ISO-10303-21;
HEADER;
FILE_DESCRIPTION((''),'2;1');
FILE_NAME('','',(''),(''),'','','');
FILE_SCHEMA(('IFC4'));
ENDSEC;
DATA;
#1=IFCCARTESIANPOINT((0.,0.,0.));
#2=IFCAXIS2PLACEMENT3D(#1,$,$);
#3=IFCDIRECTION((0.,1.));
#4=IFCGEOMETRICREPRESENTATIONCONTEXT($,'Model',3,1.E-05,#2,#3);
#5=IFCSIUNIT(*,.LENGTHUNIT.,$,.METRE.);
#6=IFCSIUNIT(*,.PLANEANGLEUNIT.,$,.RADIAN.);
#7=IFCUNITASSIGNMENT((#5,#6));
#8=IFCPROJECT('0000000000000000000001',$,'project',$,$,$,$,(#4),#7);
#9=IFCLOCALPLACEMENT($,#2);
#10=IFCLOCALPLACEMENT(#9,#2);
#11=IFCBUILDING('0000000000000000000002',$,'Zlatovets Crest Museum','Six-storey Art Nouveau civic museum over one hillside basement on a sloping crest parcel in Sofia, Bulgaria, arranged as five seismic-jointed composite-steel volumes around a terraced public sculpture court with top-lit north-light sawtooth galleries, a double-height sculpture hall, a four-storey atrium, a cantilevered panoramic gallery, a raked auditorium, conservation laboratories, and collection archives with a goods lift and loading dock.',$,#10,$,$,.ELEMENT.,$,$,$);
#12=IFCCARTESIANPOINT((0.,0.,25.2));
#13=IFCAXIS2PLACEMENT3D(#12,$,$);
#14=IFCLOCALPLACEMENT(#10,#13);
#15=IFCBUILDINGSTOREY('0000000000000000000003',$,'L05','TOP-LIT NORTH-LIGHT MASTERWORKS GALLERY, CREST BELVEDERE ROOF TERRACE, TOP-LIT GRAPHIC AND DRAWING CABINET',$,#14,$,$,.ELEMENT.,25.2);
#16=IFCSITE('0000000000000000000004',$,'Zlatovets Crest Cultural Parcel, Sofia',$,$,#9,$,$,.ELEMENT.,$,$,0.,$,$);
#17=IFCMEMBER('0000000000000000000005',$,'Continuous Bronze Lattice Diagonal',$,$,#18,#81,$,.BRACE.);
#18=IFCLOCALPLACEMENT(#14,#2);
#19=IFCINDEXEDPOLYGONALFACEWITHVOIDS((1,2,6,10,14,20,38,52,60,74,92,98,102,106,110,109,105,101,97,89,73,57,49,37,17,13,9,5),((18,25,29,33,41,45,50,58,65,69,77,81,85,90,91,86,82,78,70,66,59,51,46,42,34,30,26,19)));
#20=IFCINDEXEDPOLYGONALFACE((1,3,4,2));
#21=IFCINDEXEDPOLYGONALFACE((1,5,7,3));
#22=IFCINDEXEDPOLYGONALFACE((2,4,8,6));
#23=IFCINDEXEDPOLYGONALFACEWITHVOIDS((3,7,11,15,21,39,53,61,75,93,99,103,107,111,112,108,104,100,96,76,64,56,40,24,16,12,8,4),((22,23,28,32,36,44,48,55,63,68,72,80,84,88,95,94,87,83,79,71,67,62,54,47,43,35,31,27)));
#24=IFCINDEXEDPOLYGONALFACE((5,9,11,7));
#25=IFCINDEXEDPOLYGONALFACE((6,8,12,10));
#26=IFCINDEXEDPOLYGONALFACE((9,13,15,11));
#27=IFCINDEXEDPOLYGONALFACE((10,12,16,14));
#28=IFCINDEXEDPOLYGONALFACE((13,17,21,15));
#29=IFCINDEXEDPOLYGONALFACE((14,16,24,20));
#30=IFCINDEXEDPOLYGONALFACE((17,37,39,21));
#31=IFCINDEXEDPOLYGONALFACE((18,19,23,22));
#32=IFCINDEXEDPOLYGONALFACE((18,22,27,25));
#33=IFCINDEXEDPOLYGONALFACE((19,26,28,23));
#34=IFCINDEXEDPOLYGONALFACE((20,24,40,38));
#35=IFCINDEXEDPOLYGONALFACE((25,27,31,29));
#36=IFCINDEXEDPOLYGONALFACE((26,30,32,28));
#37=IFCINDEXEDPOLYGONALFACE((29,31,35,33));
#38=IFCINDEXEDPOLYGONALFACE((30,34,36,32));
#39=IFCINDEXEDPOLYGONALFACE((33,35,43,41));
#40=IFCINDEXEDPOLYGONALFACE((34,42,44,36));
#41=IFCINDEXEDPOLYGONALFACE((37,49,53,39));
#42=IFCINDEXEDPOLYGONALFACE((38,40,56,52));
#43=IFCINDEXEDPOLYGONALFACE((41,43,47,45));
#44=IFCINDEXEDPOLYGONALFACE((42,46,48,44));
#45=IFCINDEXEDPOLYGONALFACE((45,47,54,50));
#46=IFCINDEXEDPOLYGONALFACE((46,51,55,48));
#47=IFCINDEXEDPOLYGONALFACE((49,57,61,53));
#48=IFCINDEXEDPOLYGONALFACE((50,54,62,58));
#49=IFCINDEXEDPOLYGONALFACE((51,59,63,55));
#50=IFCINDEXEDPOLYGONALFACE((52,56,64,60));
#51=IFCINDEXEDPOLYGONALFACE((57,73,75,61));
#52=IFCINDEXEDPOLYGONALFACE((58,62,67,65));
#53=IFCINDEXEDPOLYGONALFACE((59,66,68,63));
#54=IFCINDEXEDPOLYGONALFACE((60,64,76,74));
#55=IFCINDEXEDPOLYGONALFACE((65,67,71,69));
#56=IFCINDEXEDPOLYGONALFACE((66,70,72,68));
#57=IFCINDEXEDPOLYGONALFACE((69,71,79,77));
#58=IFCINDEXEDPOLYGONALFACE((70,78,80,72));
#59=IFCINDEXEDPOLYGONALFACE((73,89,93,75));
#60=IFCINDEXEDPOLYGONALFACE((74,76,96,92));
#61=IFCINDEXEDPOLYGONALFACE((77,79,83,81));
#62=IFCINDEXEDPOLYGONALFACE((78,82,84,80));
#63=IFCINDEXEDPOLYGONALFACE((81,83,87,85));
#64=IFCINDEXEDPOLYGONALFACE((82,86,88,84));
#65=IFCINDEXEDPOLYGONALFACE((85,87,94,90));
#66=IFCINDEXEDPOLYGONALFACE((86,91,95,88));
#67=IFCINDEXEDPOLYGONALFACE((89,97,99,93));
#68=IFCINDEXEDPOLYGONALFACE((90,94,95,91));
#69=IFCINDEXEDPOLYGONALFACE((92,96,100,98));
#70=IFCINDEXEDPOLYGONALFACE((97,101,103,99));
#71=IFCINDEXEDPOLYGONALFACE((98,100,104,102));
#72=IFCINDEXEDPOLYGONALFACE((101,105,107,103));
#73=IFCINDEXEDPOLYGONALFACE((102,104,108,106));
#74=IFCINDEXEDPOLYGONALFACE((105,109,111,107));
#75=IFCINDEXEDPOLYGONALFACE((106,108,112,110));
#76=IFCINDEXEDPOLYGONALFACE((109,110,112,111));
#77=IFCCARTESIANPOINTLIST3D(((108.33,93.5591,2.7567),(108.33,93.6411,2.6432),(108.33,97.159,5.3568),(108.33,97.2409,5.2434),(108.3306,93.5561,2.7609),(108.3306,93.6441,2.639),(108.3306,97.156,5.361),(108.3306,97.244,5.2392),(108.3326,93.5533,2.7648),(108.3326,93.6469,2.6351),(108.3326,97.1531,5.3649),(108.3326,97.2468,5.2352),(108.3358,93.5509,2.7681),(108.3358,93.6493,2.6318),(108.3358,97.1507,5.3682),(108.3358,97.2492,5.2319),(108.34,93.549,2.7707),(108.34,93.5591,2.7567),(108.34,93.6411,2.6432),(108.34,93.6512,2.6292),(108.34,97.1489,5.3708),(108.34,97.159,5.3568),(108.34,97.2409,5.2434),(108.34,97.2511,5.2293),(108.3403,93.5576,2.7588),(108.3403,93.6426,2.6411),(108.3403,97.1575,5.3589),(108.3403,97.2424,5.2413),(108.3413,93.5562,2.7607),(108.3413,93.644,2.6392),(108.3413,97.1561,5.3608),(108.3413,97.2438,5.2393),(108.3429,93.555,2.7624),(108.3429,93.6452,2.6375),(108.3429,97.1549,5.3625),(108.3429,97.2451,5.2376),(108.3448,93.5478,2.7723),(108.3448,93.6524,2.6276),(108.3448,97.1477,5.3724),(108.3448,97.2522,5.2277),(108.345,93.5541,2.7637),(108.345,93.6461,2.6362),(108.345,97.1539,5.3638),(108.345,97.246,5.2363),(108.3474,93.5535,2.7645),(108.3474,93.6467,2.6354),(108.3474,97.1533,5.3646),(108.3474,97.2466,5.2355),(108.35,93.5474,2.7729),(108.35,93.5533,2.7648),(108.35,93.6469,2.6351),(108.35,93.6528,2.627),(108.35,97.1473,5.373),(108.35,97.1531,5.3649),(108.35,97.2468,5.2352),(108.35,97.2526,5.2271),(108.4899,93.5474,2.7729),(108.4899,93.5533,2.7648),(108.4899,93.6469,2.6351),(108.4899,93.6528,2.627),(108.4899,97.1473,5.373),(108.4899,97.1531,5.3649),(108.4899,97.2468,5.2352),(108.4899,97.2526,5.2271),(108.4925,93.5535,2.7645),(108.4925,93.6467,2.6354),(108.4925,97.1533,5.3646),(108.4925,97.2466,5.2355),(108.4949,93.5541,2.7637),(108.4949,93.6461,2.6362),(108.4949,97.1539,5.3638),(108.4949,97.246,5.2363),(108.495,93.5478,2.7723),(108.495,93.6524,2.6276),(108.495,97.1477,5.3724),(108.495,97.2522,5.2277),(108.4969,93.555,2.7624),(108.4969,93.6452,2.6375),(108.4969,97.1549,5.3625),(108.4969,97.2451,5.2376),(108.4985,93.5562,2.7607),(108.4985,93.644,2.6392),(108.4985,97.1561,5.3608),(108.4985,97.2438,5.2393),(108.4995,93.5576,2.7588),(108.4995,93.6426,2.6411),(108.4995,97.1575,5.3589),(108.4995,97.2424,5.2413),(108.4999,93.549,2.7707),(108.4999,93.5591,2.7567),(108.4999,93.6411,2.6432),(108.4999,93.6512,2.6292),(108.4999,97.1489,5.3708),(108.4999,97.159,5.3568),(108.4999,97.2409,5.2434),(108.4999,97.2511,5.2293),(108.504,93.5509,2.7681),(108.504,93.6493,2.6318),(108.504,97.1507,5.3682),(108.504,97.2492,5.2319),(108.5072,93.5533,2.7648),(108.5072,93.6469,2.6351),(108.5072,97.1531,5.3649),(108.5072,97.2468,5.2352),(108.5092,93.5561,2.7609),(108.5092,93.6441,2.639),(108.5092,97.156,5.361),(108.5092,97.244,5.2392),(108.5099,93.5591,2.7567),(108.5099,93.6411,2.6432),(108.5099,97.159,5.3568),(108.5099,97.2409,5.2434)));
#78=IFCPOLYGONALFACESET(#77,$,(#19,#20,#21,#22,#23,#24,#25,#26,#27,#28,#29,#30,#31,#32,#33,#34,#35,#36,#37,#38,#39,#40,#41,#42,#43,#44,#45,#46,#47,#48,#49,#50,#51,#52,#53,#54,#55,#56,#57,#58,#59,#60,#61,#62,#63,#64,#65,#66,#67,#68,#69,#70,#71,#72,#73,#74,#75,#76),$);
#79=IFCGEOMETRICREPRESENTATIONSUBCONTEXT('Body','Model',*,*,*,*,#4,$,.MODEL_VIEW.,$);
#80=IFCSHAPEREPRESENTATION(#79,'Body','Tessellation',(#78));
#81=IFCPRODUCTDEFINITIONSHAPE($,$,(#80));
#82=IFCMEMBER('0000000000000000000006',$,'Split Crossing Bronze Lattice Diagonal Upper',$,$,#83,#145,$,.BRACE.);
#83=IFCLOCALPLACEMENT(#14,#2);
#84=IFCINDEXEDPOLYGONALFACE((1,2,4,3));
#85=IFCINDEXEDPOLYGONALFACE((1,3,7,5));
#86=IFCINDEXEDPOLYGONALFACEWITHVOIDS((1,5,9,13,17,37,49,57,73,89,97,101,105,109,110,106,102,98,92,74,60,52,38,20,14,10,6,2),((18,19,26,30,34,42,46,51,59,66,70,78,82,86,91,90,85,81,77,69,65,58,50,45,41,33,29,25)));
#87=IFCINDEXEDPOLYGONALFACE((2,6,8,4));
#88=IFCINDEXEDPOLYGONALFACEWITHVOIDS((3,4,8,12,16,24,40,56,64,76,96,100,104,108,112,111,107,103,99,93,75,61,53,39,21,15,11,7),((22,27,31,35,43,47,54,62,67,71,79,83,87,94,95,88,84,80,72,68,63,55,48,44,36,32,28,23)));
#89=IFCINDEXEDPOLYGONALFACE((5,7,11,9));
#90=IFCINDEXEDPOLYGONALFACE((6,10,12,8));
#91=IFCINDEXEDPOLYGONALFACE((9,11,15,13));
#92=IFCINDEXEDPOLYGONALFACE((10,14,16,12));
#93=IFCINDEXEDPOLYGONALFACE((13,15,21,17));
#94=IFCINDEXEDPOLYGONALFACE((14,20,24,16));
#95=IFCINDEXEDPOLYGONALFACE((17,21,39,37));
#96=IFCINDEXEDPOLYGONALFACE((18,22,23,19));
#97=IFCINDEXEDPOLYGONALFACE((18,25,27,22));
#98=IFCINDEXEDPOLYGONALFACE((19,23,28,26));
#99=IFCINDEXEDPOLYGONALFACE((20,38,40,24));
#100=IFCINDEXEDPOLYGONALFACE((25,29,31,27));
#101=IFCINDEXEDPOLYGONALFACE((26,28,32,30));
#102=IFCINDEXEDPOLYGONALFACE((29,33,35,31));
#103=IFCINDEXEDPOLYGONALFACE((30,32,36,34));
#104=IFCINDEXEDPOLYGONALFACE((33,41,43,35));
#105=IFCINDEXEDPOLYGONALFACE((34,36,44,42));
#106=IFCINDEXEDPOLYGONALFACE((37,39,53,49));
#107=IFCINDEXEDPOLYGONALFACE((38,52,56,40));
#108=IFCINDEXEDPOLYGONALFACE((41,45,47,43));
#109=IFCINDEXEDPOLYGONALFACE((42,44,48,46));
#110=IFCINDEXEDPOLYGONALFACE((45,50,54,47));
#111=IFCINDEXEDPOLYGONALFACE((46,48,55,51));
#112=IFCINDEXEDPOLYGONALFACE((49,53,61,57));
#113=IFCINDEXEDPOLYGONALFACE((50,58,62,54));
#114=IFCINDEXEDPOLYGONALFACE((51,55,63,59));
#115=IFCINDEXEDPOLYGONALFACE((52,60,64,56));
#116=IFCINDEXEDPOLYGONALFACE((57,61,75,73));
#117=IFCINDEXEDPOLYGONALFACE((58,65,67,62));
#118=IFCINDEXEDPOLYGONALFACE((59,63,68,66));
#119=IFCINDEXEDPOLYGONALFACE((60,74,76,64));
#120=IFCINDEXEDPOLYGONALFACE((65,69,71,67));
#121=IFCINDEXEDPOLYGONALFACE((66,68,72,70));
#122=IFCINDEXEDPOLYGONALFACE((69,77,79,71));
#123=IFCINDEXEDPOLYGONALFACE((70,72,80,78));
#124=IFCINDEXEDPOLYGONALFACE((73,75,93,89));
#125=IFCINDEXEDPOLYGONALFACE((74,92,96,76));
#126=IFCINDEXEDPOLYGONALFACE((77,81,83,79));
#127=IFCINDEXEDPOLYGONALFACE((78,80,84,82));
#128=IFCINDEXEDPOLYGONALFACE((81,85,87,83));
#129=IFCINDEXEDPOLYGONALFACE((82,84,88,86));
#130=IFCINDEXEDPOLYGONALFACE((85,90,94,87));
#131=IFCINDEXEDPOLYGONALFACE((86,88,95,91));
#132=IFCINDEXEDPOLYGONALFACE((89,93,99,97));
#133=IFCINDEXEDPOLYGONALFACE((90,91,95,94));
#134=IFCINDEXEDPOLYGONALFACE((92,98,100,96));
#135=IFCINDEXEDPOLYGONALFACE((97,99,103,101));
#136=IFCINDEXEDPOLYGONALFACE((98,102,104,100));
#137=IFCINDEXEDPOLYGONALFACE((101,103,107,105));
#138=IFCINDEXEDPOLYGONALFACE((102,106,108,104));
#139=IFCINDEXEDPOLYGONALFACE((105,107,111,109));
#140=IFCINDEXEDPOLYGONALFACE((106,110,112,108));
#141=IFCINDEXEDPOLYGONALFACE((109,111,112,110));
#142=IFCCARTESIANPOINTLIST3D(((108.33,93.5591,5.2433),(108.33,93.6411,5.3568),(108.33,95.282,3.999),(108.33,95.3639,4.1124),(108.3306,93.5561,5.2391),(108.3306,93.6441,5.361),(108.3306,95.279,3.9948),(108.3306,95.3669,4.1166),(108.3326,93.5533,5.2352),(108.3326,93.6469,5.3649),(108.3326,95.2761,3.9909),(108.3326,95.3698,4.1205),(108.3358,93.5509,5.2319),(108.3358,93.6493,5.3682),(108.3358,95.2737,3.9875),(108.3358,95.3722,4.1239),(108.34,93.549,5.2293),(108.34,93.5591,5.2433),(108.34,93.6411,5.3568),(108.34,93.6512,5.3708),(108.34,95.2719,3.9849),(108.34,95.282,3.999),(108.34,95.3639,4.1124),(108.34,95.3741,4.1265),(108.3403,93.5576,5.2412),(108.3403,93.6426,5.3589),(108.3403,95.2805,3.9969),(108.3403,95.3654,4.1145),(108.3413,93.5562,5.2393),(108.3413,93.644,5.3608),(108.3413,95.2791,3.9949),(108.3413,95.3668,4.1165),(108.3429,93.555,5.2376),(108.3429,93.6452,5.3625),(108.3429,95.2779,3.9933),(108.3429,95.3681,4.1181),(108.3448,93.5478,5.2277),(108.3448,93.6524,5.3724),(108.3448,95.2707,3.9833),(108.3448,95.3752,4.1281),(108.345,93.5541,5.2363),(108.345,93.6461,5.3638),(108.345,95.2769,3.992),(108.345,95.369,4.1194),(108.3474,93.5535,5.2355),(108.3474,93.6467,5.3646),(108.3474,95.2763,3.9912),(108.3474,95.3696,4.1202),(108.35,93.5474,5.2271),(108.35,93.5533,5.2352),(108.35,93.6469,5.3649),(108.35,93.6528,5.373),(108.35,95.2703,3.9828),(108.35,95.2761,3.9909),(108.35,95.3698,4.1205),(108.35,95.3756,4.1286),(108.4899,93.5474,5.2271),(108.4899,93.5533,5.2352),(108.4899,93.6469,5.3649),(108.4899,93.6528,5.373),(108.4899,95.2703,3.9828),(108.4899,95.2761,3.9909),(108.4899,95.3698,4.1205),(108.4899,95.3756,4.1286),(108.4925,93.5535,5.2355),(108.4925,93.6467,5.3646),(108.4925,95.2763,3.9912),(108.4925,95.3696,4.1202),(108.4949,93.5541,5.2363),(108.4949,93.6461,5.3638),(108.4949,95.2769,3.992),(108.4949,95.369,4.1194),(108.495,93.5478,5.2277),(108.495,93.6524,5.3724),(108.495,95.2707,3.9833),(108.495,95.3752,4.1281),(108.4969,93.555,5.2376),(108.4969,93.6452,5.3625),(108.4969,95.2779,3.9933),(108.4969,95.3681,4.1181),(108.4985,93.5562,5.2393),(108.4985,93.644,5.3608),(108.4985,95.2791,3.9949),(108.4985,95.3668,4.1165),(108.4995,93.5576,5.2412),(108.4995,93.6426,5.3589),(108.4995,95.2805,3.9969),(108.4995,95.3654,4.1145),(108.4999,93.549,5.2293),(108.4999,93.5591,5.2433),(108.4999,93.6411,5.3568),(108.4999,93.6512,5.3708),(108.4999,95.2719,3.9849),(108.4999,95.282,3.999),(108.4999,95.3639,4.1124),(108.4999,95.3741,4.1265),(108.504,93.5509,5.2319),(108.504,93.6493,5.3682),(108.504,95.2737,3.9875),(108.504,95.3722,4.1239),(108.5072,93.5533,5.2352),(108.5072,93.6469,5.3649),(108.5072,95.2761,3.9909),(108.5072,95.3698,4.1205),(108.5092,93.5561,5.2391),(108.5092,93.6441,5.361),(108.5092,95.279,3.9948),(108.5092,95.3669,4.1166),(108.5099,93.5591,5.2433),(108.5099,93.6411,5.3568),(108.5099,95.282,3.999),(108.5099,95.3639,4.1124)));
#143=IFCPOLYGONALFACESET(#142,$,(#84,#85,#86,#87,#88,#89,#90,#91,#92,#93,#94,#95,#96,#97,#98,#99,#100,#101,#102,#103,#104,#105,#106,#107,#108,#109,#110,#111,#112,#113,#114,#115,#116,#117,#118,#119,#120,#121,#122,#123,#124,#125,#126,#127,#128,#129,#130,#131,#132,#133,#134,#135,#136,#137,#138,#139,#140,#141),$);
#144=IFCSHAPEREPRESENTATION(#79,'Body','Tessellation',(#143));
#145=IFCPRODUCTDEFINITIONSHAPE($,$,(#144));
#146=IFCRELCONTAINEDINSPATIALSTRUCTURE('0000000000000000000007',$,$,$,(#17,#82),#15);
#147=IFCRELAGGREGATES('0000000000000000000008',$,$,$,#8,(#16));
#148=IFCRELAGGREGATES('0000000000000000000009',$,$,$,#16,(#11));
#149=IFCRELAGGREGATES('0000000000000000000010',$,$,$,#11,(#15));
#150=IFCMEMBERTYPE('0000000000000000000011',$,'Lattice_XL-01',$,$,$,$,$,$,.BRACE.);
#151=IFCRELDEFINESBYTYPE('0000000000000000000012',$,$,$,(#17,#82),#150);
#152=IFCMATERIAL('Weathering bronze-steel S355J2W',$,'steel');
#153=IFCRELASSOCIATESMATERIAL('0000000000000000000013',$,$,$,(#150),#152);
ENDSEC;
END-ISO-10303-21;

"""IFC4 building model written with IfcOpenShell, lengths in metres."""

from ifc_helpers import new_model, si_unit, direction, frame, origin, origin_2d, place, context, subcontext, project, spatial, hollow_rectangle, extrude, material, material_profile, profile_set, type_object, element, save


model = new_model("IFC4")

# Units and contexts
model_context = context("Model", 3, precision=1e-05, world=origin(), true_north=direction((0.0, 1.0)))
body_context = subcontext(model_context, "Body", "Model", "MODEL_VIEW")
ifc_project = project(units=[si_unit("LENGTHUNIT", "METRE"), si_unit("PLANEANGLEUNIT", "RADIAN")], contexts=[model_context])

# Site, building, storey
site_placement = place(None, origin())
site = spatial("IfcSite", under=ifc_project, at=site_placement, Name="Zlatovets Crest Cultural Parcel, Sofia", CompositionType="ELEMENT", RefElevation=0.0)
building_placement = place(site_placement, origin())
building = spatial("IfcBuilding", under=site, at=building_placement, Name="Zlatovets Crest Museum", Description="Six-storey Art Nouveau civic museum over one hillside basement on a sloping crest parcel in Sofia, Bulgaria, arranged as five seismic-jointed composite-steel volumes around a terraced public sculpture court with top-lit north-light sawtooth galleries, a double-height sculpture hall, a four-storey atrium, a cantilevered panoramic gallery, a raked auditorium, conservation laboratories, and collection archives with a goods lift and loading dock.", CompositionType="ELEMENT")
storey_placement = place(building_placement, frame((0.0, 0.0, 25.2)))
storey = spatial("IfcBuildingStorey", under=building, at=storey_placement, Name="L05", Description="TOP-LIT NORTH-LIGHT MASTERWORKS GALLERY, CREST BELVEDERE ROOF TERRACE, TOP-LIT GRAPHIC AND DRAWING CABINET", CompositionType="ELEMENT", Elevation=25.2)

# Members
ifc_material_1 = material(Name="Weathering bronze-steel S355J2W", Category="steel")
ifc_material_profile_1 = material_profile(ifc_material_1, hollow_rectangle(XDim=0.1799, YDim=0.1799, WallThickness=0.01, InnerFilletRadius=0.01, OuterFilletRadius=0.02, at=origin_2d()), Name="SHS 180x180x10.0")
ifc_profile_set_1 = profile_set([ifc_material_profile_1], Name="Weathering bronze-steel S355J2W")
member_type_1 = type_object("IfcMemberType", Name="Lattice_XL-01", PredefinedType="BRACE", material=ifc_profile_set_1)
member_1_placement = place(storey_placement, frame((108.4199, 93.6001, 2.7), z_axis=(0.0, 0.810657, 0.585521), x_axis=(-1.0, 0.0, 0.0)))
element("IfcMember", 1, at=member_1_placement, inside=storey, type_object=member_type_1, Name="Continuous Bronze Lattice Diagonal", PredefinedType="BRACE", context=body_context, shape_type="SweptSolid", body=[
    extrude(hollow_rectangle(XDim=0.1799, YDim=0.1799, WallThickness=0.01, InnerFilletRadius=0.01, OuterFilletRadius=0.02, at=origin_2d()), origin(), (0.0, 0.0, 1.0), 4.4407),
])
member_2_placement = place(storey_placement, frame((108.4199, 93.6001, 5.3), z_axis=(0.0, 0.810664, -0.585512), x_axis=(-1.0, 0.0, 0.0)))
element("IfcMember", 2, at=member_2_placement, inside=storey, type_object=member_type_1, Name="Split Crossing Bronze Lattice Diagonal Upper", PredefinedType="BRACE", context=body_context, shape_type="SweptSolid", body=[
    extrude(hollow_rectangle(XDim=0.1799, YDim=0.1799, WallThickness=0.01, InnerFilletRadius=0.01, OuterFilletRadius=0.02, at=origin_2d()), origin(), (0.0, 0.0, 1.0), 2.1252),
])

save(model, "model.ifc")
